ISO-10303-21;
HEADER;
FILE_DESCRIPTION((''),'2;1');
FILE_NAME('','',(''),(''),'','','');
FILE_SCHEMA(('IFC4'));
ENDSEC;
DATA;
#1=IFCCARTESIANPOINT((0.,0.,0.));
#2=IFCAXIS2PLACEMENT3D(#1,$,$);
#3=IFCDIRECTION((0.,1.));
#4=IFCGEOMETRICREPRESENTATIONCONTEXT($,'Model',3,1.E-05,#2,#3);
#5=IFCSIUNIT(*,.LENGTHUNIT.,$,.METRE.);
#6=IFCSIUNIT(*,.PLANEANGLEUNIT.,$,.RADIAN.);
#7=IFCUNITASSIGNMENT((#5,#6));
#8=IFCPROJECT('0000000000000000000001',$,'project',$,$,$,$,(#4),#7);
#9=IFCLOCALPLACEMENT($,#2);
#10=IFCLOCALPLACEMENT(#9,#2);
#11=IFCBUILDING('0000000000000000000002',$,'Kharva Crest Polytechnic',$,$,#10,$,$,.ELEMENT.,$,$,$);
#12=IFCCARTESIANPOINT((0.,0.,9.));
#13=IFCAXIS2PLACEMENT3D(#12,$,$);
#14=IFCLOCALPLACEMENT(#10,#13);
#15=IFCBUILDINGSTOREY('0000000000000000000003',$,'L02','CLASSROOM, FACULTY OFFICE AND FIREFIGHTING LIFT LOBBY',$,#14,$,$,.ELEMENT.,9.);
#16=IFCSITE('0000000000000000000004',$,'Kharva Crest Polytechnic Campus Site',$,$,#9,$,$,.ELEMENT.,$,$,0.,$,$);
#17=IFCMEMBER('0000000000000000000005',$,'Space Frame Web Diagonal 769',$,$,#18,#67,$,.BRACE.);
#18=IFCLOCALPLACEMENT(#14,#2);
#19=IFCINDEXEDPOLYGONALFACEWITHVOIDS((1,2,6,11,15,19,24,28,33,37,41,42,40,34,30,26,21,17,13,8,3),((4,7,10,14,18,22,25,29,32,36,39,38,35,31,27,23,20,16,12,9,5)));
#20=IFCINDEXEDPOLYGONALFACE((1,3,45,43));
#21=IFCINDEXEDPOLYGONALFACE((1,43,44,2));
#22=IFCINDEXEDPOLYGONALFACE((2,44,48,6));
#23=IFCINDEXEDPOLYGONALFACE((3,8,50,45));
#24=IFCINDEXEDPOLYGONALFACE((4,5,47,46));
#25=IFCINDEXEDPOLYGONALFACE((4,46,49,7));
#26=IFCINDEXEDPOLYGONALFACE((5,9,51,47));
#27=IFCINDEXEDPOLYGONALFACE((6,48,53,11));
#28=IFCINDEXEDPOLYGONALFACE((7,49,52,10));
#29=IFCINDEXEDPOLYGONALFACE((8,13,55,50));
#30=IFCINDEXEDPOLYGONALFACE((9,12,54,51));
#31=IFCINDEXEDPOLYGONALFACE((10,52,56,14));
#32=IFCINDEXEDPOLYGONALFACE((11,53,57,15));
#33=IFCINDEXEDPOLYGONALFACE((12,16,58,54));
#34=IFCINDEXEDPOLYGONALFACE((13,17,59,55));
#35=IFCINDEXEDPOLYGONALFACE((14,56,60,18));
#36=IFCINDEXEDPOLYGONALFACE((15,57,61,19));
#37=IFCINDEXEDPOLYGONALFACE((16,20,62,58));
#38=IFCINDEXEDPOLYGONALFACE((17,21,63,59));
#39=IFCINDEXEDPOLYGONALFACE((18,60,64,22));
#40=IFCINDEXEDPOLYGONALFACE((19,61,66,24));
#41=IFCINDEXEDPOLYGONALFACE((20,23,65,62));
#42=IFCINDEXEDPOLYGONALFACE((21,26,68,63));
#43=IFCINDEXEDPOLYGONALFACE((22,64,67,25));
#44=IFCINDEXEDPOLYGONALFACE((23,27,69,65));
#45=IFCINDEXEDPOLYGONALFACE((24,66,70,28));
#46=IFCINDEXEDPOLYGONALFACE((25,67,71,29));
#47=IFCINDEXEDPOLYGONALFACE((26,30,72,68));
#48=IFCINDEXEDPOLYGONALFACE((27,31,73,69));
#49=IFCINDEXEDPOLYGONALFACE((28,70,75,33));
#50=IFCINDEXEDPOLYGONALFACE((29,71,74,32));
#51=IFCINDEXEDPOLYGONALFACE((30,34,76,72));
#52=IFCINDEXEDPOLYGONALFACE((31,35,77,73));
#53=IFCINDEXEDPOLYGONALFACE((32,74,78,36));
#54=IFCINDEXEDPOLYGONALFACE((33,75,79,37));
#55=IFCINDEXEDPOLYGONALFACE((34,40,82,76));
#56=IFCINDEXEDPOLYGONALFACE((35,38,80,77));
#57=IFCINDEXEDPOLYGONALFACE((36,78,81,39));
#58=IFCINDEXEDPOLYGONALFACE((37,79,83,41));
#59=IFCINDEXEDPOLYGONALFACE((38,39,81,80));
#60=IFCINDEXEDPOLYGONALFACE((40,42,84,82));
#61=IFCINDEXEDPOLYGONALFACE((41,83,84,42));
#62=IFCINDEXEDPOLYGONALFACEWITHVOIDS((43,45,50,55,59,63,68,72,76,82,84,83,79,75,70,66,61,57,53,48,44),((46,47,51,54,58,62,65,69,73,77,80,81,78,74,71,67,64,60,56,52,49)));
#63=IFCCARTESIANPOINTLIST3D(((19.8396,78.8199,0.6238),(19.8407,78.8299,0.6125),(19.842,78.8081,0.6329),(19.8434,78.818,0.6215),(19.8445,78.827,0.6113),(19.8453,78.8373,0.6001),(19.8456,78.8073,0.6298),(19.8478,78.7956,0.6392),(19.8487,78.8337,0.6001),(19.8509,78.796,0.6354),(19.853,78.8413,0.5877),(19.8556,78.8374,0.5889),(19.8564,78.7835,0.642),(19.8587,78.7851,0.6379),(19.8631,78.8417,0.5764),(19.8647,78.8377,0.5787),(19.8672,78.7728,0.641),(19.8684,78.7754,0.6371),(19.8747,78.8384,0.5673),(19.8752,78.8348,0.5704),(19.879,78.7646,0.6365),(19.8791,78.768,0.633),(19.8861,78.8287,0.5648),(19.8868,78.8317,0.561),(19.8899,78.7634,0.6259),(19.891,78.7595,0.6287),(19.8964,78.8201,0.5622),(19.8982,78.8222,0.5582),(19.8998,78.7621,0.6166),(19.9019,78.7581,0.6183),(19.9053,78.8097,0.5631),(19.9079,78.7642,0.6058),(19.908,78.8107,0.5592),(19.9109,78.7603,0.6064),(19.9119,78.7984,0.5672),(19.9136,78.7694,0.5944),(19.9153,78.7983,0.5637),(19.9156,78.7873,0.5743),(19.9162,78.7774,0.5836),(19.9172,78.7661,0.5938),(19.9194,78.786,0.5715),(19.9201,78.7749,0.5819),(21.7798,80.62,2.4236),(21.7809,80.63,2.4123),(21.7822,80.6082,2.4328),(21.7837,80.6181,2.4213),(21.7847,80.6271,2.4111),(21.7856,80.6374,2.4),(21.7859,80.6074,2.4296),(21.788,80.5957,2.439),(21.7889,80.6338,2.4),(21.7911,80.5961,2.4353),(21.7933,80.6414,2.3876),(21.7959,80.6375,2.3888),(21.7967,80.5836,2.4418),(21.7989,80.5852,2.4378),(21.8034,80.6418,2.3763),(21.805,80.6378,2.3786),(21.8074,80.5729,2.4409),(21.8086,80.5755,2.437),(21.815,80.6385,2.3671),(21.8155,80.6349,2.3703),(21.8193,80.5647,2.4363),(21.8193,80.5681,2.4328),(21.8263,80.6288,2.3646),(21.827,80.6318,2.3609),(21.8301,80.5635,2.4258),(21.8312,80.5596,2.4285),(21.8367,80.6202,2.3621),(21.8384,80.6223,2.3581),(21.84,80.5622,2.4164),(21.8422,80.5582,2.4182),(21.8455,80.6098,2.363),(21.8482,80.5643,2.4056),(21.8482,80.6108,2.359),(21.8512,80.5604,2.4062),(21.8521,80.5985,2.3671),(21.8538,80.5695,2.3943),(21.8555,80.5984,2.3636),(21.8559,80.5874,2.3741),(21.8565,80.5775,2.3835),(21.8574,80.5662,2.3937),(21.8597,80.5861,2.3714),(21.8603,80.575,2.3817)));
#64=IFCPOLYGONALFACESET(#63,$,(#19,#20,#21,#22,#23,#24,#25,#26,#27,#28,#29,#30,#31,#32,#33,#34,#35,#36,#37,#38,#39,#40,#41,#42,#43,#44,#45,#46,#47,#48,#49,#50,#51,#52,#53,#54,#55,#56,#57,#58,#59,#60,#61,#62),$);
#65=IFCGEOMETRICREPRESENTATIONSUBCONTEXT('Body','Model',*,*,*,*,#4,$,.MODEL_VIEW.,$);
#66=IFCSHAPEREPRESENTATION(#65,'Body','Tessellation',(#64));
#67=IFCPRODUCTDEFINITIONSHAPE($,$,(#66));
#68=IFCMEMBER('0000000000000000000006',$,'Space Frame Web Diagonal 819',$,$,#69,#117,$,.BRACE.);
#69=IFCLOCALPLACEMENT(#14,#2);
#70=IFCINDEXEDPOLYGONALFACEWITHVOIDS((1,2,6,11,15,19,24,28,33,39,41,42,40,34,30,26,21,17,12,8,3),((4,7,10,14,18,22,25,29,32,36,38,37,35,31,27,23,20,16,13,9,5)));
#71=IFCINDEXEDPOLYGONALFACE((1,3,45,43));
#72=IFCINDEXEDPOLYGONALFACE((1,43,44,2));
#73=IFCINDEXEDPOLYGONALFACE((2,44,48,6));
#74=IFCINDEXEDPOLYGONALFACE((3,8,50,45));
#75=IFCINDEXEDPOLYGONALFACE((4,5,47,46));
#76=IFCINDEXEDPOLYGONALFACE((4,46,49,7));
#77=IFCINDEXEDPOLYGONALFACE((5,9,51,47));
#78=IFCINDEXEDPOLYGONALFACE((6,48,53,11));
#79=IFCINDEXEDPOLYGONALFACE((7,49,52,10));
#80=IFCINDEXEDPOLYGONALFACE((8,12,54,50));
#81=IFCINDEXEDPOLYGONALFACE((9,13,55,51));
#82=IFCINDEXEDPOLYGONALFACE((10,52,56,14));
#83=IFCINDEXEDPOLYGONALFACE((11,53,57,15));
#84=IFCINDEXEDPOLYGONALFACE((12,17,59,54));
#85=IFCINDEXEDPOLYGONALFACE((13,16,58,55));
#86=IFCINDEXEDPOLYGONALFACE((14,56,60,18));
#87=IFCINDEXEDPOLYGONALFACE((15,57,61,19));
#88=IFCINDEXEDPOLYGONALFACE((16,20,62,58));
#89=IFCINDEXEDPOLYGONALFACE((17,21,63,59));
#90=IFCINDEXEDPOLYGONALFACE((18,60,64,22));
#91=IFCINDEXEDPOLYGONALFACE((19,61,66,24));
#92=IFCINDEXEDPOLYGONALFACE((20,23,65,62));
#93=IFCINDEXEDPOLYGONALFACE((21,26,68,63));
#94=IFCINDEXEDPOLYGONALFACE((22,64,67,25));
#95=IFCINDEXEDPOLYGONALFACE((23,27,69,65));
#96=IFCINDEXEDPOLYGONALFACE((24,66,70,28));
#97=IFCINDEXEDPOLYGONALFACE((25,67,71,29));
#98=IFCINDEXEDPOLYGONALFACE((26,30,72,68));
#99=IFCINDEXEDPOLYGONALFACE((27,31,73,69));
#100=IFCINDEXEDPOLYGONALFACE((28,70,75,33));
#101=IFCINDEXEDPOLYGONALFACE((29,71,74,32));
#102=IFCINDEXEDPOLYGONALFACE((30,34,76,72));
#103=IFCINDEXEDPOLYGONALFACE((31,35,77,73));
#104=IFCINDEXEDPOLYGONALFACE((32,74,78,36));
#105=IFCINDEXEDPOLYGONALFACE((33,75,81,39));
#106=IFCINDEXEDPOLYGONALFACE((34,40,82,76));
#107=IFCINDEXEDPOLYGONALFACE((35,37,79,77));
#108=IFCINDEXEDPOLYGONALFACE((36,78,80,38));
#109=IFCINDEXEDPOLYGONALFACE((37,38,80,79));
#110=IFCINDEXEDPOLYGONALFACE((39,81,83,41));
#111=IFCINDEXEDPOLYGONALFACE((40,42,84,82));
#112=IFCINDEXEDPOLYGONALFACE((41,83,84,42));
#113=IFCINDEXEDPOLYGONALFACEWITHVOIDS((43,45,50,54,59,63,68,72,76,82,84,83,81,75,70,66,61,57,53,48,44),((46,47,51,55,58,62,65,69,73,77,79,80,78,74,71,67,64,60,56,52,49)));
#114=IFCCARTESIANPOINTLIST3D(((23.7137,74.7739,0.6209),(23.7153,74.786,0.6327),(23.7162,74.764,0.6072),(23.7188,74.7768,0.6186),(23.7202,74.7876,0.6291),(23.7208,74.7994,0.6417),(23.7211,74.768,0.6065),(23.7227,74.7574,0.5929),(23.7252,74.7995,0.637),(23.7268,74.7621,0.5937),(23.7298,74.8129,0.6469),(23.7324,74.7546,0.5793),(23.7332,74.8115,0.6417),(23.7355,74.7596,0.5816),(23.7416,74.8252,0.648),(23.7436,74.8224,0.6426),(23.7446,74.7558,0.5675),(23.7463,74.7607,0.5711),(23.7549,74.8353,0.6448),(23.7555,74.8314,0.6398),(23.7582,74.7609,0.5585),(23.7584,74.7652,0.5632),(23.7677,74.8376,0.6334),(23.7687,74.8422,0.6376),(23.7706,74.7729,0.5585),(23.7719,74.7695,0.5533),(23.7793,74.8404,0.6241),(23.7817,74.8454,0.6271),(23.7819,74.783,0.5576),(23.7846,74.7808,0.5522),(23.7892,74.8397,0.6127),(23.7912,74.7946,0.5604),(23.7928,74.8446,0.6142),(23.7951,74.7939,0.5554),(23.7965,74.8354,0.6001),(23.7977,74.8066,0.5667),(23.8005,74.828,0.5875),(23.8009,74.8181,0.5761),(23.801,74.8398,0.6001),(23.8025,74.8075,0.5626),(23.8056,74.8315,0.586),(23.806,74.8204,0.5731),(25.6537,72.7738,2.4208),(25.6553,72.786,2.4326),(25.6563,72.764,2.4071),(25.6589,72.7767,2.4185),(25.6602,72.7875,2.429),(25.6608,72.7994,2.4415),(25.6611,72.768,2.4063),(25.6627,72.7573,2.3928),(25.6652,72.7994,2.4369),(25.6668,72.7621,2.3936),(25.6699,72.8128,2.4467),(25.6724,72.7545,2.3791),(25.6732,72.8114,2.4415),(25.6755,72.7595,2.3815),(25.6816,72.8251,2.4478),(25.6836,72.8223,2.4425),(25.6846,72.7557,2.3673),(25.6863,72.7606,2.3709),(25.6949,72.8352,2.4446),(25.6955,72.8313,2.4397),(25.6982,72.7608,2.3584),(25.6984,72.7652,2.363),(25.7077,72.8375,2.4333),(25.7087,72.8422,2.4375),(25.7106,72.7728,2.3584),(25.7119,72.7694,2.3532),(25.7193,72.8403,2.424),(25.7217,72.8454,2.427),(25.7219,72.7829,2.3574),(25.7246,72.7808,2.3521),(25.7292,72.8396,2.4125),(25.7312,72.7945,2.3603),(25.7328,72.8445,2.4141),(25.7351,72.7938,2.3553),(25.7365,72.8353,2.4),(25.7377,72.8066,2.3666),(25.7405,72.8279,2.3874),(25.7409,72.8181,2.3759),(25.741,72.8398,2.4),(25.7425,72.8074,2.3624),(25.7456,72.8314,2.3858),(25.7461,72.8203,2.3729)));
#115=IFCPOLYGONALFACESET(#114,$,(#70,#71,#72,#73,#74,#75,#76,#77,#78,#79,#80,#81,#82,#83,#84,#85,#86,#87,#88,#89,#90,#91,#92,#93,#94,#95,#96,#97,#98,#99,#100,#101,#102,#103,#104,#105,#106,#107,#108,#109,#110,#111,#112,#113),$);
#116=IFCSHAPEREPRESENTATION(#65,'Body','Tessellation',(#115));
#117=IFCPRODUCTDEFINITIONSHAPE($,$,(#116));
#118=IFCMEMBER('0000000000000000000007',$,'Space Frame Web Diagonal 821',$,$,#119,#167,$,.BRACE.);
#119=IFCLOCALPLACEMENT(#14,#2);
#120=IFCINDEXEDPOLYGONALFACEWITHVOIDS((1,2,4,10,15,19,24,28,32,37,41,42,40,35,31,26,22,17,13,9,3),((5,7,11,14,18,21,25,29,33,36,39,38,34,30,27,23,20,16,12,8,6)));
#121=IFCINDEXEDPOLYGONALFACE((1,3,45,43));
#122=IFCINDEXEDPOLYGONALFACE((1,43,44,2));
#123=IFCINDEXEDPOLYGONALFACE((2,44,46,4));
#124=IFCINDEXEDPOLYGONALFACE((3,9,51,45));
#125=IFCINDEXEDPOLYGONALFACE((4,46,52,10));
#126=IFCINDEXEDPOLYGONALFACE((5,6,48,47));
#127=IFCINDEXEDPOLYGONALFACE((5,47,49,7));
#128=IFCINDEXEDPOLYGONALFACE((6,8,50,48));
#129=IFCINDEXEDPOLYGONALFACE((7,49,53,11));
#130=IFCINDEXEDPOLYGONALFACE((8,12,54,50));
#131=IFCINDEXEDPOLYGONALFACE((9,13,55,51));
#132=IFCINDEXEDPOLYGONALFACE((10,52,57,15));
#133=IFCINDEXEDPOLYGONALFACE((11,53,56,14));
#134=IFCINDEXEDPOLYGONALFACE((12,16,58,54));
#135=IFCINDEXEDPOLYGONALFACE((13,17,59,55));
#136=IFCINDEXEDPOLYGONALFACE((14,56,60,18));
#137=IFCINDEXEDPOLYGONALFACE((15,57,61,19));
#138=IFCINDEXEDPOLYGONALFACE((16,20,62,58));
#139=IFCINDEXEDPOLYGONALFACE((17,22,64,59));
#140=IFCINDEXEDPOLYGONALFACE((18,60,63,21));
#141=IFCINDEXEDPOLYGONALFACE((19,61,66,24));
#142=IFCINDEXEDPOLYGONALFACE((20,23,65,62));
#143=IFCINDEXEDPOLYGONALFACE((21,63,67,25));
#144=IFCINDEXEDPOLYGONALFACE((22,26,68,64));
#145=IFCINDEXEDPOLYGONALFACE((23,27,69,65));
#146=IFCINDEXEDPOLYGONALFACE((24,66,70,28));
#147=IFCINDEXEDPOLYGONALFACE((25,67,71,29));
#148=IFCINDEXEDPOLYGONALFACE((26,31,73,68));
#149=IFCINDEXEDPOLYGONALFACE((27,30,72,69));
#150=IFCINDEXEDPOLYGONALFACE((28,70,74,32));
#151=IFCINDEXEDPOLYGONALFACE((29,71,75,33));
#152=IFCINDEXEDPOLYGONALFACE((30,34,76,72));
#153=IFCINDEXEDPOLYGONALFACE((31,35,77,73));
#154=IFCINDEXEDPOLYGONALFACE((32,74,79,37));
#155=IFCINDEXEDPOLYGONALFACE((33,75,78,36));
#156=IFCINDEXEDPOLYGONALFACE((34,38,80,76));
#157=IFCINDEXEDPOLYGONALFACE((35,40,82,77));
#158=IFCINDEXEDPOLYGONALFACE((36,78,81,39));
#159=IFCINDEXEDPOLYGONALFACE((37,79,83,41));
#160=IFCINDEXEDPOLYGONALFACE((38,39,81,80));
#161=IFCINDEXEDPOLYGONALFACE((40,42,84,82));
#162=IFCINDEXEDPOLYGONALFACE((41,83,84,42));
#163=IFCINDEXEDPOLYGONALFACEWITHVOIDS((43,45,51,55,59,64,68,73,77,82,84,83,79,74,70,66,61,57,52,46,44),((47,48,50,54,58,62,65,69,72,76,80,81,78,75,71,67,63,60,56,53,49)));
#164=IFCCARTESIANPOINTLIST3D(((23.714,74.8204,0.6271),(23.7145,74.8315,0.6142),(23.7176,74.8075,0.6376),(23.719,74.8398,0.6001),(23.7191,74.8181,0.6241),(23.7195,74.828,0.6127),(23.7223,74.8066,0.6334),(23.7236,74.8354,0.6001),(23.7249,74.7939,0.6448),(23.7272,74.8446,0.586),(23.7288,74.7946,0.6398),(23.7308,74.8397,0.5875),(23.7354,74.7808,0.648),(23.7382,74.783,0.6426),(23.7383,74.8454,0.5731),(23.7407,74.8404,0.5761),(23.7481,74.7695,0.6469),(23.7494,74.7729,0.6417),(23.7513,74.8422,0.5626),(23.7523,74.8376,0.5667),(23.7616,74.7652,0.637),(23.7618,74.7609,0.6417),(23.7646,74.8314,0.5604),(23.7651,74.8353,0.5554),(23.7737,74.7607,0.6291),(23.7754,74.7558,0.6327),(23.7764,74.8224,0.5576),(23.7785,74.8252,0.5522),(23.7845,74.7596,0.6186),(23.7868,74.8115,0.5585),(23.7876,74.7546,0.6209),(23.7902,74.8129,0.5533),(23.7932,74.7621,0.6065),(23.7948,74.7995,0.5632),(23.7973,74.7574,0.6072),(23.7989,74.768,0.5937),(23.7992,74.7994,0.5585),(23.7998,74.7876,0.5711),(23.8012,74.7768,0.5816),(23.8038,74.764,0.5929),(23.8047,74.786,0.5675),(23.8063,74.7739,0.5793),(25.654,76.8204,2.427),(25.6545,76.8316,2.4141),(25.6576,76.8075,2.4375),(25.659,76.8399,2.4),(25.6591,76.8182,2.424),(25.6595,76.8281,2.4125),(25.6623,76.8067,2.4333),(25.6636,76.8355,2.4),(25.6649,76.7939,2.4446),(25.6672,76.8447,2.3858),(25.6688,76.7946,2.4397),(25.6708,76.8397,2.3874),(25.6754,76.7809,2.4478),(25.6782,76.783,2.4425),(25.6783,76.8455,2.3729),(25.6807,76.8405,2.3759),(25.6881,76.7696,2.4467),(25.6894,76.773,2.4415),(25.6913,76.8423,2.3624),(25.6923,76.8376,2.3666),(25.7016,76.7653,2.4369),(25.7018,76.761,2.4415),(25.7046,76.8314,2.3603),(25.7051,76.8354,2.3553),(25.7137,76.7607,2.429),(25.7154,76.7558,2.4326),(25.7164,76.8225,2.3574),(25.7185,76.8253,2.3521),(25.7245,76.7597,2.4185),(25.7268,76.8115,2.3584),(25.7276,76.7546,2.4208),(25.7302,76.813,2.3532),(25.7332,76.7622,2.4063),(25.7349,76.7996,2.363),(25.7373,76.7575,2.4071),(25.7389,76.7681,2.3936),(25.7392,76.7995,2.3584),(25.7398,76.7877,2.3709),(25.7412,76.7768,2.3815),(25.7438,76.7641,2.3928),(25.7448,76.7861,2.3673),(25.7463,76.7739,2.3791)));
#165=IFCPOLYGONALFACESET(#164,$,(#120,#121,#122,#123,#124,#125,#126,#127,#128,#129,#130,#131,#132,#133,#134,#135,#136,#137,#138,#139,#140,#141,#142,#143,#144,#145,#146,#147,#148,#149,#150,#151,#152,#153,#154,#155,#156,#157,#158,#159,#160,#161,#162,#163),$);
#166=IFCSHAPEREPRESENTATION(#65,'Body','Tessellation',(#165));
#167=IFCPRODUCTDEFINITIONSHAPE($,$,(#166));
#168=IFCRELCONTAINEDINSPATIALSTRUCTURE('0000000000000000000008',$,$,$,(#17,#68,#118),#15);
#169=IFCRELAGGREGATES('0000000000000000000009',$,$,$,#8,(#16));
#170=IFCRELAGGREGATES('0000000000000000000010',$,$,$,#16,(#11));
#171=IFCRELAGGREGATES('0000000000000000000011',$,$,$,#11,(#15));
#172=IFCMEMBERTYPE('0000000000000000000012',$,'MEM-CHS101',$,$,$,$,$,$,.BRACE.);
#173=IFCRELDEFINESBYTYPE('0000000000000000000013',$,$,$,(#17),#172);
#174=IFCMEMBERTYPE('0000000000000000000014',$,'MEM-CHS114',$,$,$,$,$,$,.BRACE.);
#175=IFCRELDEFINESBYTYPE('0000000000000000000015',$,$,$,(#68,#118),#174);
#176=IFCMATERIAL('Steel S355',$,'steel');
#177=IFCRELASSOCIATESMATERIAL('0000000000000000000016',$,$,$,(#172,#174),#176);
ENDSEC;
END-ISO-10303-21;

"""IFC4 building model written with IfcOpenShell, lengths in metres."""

from ifc_helpers import new_model, si_unit, direction, frame, origin, origin_2d, place, context, subcontext, project, spatial, hollow_circle, extrude, material, material_profile, profile_set, type_object, element, save


model = new_model("IFC4")

# Units and contexts
model_context = context("Model", 3, precision=1e-05, world=origin(), true_north=direction((0.0, 1.0)))
body_context = subcontext(model_context, "Body", "Model", "MODEL_VIEW")
ifc_project = project(units=[si_unit("LENGTHUNIT", "METRE"), si_unit("PLANEANGLEUNIT", "RADIAN")], contexts=[model_context])

# Site, building, storey
site_placement = place(None, origin())
site = spatial("IfcSite", under=ifc_project, at=site_placement, Name="Kharva Crest Polytechnic Campus Site", CompositionType="ELEMENT", RefElevation=0.0)
building_placement = place(site_placement, origin())
building = spatial("IfcBuilding", under=site, at=building_placement, Name="Kharva Crest Polytechnic", CompositionType="ELEMENT")
storey_placement = place(building_placement, frame((0.0, 0.0, 9.0)))
storey = spatial("IfcBuildingStorey", under=building, at=storey_placement, Name="L02", Description="CLASSROOM, FACULTY OFFICE AND FIREFIGHTING LIFT LOBBY", CompositionType="ELEMENT", Elevation=9.0)

# Shared definitions
ifc_material_1 = material(Name="Steel S355", Category="steel")

# Members
ifc_material_profile_1 = material_profile(ifc_material_1, hollow_circle(Radius=0.0508, WallThickness=0.0049, at=origin_2d()), Name="CHS 101.6X5.0")
ifc_profile_set_1 = profile_set([ifc_material_profile_1], Name="Steel S355")
member_type_1 = type_object("IfcMemberType", Name="MEM-CHS101", PredefinedType="BRACE", material=ifc_profile_set_1)
member_1_placement = place(storey_placement, frame((19.8799, 78.8, 0.6001), z_axis=(0.606196, 0.562411, 0.562335), x_axis=(-0.680136, 0.733086, 0.0)))
element("IfcMember", 1, at=member_1_placement, inside=storey, type_object=member_type_1, Name="Space Frame Web Diagonal 769", PredefinedType="BRACE", context=body_context, shape_type="SweptSolid", body=[
    extrude(hollow_circle(Radius=0.0508, WallThickness=0.0049, at=origin_2d()), origin(), (0.0, 0.0, 1.0), 3.2007),
])
ifc_material_profile_2 = material_profile(ifc_material_1, hollow_circle(Radius=0.0571, WallThickness=0.0063, at=origin_2d()), Name="CHS 114.3X6.3")
ifc_profile_set_2 = profile_set([ifc_material_profile_2], Name="Steel S355")
member_type_2 = type_object("IfcMemberType", Name="MEM-CHS114", PredefinedType="BRACE", material=ifc_profile_set_2)
for number, where, z_axis, x_axis, name in (
    (2, (23.76, 74.8, 0.6001), (0.584843, -0.60295, 0.542596), (0.717802, 0.696247, 0.0), "Space Frame Web Diagonal 819"),
    (3, (23.76, 74.8, 0.6001), (0.584843, 0.60295, 0.542596), (-0.717802, 0.696247, 0.0), "Space Frame Web Diagonal 821"),
):
    element("IfcMember", number, at=place(storey_placement, frame(where, z_axis=z_axis, x_axis=x_axis)), inside=storey, type_object=member_type_2, Name=name, PredefinedType="BRACE", context=body_context, shape_type="SweptSolid", body=[
        extrude(hollow_circle(Radius=0.0571, WallThickness=0.0063, at=origin_2d()), origin(), (0.0, 0.0, 1.0), 3.3171),
    ])

save(model, "model.ifc")
